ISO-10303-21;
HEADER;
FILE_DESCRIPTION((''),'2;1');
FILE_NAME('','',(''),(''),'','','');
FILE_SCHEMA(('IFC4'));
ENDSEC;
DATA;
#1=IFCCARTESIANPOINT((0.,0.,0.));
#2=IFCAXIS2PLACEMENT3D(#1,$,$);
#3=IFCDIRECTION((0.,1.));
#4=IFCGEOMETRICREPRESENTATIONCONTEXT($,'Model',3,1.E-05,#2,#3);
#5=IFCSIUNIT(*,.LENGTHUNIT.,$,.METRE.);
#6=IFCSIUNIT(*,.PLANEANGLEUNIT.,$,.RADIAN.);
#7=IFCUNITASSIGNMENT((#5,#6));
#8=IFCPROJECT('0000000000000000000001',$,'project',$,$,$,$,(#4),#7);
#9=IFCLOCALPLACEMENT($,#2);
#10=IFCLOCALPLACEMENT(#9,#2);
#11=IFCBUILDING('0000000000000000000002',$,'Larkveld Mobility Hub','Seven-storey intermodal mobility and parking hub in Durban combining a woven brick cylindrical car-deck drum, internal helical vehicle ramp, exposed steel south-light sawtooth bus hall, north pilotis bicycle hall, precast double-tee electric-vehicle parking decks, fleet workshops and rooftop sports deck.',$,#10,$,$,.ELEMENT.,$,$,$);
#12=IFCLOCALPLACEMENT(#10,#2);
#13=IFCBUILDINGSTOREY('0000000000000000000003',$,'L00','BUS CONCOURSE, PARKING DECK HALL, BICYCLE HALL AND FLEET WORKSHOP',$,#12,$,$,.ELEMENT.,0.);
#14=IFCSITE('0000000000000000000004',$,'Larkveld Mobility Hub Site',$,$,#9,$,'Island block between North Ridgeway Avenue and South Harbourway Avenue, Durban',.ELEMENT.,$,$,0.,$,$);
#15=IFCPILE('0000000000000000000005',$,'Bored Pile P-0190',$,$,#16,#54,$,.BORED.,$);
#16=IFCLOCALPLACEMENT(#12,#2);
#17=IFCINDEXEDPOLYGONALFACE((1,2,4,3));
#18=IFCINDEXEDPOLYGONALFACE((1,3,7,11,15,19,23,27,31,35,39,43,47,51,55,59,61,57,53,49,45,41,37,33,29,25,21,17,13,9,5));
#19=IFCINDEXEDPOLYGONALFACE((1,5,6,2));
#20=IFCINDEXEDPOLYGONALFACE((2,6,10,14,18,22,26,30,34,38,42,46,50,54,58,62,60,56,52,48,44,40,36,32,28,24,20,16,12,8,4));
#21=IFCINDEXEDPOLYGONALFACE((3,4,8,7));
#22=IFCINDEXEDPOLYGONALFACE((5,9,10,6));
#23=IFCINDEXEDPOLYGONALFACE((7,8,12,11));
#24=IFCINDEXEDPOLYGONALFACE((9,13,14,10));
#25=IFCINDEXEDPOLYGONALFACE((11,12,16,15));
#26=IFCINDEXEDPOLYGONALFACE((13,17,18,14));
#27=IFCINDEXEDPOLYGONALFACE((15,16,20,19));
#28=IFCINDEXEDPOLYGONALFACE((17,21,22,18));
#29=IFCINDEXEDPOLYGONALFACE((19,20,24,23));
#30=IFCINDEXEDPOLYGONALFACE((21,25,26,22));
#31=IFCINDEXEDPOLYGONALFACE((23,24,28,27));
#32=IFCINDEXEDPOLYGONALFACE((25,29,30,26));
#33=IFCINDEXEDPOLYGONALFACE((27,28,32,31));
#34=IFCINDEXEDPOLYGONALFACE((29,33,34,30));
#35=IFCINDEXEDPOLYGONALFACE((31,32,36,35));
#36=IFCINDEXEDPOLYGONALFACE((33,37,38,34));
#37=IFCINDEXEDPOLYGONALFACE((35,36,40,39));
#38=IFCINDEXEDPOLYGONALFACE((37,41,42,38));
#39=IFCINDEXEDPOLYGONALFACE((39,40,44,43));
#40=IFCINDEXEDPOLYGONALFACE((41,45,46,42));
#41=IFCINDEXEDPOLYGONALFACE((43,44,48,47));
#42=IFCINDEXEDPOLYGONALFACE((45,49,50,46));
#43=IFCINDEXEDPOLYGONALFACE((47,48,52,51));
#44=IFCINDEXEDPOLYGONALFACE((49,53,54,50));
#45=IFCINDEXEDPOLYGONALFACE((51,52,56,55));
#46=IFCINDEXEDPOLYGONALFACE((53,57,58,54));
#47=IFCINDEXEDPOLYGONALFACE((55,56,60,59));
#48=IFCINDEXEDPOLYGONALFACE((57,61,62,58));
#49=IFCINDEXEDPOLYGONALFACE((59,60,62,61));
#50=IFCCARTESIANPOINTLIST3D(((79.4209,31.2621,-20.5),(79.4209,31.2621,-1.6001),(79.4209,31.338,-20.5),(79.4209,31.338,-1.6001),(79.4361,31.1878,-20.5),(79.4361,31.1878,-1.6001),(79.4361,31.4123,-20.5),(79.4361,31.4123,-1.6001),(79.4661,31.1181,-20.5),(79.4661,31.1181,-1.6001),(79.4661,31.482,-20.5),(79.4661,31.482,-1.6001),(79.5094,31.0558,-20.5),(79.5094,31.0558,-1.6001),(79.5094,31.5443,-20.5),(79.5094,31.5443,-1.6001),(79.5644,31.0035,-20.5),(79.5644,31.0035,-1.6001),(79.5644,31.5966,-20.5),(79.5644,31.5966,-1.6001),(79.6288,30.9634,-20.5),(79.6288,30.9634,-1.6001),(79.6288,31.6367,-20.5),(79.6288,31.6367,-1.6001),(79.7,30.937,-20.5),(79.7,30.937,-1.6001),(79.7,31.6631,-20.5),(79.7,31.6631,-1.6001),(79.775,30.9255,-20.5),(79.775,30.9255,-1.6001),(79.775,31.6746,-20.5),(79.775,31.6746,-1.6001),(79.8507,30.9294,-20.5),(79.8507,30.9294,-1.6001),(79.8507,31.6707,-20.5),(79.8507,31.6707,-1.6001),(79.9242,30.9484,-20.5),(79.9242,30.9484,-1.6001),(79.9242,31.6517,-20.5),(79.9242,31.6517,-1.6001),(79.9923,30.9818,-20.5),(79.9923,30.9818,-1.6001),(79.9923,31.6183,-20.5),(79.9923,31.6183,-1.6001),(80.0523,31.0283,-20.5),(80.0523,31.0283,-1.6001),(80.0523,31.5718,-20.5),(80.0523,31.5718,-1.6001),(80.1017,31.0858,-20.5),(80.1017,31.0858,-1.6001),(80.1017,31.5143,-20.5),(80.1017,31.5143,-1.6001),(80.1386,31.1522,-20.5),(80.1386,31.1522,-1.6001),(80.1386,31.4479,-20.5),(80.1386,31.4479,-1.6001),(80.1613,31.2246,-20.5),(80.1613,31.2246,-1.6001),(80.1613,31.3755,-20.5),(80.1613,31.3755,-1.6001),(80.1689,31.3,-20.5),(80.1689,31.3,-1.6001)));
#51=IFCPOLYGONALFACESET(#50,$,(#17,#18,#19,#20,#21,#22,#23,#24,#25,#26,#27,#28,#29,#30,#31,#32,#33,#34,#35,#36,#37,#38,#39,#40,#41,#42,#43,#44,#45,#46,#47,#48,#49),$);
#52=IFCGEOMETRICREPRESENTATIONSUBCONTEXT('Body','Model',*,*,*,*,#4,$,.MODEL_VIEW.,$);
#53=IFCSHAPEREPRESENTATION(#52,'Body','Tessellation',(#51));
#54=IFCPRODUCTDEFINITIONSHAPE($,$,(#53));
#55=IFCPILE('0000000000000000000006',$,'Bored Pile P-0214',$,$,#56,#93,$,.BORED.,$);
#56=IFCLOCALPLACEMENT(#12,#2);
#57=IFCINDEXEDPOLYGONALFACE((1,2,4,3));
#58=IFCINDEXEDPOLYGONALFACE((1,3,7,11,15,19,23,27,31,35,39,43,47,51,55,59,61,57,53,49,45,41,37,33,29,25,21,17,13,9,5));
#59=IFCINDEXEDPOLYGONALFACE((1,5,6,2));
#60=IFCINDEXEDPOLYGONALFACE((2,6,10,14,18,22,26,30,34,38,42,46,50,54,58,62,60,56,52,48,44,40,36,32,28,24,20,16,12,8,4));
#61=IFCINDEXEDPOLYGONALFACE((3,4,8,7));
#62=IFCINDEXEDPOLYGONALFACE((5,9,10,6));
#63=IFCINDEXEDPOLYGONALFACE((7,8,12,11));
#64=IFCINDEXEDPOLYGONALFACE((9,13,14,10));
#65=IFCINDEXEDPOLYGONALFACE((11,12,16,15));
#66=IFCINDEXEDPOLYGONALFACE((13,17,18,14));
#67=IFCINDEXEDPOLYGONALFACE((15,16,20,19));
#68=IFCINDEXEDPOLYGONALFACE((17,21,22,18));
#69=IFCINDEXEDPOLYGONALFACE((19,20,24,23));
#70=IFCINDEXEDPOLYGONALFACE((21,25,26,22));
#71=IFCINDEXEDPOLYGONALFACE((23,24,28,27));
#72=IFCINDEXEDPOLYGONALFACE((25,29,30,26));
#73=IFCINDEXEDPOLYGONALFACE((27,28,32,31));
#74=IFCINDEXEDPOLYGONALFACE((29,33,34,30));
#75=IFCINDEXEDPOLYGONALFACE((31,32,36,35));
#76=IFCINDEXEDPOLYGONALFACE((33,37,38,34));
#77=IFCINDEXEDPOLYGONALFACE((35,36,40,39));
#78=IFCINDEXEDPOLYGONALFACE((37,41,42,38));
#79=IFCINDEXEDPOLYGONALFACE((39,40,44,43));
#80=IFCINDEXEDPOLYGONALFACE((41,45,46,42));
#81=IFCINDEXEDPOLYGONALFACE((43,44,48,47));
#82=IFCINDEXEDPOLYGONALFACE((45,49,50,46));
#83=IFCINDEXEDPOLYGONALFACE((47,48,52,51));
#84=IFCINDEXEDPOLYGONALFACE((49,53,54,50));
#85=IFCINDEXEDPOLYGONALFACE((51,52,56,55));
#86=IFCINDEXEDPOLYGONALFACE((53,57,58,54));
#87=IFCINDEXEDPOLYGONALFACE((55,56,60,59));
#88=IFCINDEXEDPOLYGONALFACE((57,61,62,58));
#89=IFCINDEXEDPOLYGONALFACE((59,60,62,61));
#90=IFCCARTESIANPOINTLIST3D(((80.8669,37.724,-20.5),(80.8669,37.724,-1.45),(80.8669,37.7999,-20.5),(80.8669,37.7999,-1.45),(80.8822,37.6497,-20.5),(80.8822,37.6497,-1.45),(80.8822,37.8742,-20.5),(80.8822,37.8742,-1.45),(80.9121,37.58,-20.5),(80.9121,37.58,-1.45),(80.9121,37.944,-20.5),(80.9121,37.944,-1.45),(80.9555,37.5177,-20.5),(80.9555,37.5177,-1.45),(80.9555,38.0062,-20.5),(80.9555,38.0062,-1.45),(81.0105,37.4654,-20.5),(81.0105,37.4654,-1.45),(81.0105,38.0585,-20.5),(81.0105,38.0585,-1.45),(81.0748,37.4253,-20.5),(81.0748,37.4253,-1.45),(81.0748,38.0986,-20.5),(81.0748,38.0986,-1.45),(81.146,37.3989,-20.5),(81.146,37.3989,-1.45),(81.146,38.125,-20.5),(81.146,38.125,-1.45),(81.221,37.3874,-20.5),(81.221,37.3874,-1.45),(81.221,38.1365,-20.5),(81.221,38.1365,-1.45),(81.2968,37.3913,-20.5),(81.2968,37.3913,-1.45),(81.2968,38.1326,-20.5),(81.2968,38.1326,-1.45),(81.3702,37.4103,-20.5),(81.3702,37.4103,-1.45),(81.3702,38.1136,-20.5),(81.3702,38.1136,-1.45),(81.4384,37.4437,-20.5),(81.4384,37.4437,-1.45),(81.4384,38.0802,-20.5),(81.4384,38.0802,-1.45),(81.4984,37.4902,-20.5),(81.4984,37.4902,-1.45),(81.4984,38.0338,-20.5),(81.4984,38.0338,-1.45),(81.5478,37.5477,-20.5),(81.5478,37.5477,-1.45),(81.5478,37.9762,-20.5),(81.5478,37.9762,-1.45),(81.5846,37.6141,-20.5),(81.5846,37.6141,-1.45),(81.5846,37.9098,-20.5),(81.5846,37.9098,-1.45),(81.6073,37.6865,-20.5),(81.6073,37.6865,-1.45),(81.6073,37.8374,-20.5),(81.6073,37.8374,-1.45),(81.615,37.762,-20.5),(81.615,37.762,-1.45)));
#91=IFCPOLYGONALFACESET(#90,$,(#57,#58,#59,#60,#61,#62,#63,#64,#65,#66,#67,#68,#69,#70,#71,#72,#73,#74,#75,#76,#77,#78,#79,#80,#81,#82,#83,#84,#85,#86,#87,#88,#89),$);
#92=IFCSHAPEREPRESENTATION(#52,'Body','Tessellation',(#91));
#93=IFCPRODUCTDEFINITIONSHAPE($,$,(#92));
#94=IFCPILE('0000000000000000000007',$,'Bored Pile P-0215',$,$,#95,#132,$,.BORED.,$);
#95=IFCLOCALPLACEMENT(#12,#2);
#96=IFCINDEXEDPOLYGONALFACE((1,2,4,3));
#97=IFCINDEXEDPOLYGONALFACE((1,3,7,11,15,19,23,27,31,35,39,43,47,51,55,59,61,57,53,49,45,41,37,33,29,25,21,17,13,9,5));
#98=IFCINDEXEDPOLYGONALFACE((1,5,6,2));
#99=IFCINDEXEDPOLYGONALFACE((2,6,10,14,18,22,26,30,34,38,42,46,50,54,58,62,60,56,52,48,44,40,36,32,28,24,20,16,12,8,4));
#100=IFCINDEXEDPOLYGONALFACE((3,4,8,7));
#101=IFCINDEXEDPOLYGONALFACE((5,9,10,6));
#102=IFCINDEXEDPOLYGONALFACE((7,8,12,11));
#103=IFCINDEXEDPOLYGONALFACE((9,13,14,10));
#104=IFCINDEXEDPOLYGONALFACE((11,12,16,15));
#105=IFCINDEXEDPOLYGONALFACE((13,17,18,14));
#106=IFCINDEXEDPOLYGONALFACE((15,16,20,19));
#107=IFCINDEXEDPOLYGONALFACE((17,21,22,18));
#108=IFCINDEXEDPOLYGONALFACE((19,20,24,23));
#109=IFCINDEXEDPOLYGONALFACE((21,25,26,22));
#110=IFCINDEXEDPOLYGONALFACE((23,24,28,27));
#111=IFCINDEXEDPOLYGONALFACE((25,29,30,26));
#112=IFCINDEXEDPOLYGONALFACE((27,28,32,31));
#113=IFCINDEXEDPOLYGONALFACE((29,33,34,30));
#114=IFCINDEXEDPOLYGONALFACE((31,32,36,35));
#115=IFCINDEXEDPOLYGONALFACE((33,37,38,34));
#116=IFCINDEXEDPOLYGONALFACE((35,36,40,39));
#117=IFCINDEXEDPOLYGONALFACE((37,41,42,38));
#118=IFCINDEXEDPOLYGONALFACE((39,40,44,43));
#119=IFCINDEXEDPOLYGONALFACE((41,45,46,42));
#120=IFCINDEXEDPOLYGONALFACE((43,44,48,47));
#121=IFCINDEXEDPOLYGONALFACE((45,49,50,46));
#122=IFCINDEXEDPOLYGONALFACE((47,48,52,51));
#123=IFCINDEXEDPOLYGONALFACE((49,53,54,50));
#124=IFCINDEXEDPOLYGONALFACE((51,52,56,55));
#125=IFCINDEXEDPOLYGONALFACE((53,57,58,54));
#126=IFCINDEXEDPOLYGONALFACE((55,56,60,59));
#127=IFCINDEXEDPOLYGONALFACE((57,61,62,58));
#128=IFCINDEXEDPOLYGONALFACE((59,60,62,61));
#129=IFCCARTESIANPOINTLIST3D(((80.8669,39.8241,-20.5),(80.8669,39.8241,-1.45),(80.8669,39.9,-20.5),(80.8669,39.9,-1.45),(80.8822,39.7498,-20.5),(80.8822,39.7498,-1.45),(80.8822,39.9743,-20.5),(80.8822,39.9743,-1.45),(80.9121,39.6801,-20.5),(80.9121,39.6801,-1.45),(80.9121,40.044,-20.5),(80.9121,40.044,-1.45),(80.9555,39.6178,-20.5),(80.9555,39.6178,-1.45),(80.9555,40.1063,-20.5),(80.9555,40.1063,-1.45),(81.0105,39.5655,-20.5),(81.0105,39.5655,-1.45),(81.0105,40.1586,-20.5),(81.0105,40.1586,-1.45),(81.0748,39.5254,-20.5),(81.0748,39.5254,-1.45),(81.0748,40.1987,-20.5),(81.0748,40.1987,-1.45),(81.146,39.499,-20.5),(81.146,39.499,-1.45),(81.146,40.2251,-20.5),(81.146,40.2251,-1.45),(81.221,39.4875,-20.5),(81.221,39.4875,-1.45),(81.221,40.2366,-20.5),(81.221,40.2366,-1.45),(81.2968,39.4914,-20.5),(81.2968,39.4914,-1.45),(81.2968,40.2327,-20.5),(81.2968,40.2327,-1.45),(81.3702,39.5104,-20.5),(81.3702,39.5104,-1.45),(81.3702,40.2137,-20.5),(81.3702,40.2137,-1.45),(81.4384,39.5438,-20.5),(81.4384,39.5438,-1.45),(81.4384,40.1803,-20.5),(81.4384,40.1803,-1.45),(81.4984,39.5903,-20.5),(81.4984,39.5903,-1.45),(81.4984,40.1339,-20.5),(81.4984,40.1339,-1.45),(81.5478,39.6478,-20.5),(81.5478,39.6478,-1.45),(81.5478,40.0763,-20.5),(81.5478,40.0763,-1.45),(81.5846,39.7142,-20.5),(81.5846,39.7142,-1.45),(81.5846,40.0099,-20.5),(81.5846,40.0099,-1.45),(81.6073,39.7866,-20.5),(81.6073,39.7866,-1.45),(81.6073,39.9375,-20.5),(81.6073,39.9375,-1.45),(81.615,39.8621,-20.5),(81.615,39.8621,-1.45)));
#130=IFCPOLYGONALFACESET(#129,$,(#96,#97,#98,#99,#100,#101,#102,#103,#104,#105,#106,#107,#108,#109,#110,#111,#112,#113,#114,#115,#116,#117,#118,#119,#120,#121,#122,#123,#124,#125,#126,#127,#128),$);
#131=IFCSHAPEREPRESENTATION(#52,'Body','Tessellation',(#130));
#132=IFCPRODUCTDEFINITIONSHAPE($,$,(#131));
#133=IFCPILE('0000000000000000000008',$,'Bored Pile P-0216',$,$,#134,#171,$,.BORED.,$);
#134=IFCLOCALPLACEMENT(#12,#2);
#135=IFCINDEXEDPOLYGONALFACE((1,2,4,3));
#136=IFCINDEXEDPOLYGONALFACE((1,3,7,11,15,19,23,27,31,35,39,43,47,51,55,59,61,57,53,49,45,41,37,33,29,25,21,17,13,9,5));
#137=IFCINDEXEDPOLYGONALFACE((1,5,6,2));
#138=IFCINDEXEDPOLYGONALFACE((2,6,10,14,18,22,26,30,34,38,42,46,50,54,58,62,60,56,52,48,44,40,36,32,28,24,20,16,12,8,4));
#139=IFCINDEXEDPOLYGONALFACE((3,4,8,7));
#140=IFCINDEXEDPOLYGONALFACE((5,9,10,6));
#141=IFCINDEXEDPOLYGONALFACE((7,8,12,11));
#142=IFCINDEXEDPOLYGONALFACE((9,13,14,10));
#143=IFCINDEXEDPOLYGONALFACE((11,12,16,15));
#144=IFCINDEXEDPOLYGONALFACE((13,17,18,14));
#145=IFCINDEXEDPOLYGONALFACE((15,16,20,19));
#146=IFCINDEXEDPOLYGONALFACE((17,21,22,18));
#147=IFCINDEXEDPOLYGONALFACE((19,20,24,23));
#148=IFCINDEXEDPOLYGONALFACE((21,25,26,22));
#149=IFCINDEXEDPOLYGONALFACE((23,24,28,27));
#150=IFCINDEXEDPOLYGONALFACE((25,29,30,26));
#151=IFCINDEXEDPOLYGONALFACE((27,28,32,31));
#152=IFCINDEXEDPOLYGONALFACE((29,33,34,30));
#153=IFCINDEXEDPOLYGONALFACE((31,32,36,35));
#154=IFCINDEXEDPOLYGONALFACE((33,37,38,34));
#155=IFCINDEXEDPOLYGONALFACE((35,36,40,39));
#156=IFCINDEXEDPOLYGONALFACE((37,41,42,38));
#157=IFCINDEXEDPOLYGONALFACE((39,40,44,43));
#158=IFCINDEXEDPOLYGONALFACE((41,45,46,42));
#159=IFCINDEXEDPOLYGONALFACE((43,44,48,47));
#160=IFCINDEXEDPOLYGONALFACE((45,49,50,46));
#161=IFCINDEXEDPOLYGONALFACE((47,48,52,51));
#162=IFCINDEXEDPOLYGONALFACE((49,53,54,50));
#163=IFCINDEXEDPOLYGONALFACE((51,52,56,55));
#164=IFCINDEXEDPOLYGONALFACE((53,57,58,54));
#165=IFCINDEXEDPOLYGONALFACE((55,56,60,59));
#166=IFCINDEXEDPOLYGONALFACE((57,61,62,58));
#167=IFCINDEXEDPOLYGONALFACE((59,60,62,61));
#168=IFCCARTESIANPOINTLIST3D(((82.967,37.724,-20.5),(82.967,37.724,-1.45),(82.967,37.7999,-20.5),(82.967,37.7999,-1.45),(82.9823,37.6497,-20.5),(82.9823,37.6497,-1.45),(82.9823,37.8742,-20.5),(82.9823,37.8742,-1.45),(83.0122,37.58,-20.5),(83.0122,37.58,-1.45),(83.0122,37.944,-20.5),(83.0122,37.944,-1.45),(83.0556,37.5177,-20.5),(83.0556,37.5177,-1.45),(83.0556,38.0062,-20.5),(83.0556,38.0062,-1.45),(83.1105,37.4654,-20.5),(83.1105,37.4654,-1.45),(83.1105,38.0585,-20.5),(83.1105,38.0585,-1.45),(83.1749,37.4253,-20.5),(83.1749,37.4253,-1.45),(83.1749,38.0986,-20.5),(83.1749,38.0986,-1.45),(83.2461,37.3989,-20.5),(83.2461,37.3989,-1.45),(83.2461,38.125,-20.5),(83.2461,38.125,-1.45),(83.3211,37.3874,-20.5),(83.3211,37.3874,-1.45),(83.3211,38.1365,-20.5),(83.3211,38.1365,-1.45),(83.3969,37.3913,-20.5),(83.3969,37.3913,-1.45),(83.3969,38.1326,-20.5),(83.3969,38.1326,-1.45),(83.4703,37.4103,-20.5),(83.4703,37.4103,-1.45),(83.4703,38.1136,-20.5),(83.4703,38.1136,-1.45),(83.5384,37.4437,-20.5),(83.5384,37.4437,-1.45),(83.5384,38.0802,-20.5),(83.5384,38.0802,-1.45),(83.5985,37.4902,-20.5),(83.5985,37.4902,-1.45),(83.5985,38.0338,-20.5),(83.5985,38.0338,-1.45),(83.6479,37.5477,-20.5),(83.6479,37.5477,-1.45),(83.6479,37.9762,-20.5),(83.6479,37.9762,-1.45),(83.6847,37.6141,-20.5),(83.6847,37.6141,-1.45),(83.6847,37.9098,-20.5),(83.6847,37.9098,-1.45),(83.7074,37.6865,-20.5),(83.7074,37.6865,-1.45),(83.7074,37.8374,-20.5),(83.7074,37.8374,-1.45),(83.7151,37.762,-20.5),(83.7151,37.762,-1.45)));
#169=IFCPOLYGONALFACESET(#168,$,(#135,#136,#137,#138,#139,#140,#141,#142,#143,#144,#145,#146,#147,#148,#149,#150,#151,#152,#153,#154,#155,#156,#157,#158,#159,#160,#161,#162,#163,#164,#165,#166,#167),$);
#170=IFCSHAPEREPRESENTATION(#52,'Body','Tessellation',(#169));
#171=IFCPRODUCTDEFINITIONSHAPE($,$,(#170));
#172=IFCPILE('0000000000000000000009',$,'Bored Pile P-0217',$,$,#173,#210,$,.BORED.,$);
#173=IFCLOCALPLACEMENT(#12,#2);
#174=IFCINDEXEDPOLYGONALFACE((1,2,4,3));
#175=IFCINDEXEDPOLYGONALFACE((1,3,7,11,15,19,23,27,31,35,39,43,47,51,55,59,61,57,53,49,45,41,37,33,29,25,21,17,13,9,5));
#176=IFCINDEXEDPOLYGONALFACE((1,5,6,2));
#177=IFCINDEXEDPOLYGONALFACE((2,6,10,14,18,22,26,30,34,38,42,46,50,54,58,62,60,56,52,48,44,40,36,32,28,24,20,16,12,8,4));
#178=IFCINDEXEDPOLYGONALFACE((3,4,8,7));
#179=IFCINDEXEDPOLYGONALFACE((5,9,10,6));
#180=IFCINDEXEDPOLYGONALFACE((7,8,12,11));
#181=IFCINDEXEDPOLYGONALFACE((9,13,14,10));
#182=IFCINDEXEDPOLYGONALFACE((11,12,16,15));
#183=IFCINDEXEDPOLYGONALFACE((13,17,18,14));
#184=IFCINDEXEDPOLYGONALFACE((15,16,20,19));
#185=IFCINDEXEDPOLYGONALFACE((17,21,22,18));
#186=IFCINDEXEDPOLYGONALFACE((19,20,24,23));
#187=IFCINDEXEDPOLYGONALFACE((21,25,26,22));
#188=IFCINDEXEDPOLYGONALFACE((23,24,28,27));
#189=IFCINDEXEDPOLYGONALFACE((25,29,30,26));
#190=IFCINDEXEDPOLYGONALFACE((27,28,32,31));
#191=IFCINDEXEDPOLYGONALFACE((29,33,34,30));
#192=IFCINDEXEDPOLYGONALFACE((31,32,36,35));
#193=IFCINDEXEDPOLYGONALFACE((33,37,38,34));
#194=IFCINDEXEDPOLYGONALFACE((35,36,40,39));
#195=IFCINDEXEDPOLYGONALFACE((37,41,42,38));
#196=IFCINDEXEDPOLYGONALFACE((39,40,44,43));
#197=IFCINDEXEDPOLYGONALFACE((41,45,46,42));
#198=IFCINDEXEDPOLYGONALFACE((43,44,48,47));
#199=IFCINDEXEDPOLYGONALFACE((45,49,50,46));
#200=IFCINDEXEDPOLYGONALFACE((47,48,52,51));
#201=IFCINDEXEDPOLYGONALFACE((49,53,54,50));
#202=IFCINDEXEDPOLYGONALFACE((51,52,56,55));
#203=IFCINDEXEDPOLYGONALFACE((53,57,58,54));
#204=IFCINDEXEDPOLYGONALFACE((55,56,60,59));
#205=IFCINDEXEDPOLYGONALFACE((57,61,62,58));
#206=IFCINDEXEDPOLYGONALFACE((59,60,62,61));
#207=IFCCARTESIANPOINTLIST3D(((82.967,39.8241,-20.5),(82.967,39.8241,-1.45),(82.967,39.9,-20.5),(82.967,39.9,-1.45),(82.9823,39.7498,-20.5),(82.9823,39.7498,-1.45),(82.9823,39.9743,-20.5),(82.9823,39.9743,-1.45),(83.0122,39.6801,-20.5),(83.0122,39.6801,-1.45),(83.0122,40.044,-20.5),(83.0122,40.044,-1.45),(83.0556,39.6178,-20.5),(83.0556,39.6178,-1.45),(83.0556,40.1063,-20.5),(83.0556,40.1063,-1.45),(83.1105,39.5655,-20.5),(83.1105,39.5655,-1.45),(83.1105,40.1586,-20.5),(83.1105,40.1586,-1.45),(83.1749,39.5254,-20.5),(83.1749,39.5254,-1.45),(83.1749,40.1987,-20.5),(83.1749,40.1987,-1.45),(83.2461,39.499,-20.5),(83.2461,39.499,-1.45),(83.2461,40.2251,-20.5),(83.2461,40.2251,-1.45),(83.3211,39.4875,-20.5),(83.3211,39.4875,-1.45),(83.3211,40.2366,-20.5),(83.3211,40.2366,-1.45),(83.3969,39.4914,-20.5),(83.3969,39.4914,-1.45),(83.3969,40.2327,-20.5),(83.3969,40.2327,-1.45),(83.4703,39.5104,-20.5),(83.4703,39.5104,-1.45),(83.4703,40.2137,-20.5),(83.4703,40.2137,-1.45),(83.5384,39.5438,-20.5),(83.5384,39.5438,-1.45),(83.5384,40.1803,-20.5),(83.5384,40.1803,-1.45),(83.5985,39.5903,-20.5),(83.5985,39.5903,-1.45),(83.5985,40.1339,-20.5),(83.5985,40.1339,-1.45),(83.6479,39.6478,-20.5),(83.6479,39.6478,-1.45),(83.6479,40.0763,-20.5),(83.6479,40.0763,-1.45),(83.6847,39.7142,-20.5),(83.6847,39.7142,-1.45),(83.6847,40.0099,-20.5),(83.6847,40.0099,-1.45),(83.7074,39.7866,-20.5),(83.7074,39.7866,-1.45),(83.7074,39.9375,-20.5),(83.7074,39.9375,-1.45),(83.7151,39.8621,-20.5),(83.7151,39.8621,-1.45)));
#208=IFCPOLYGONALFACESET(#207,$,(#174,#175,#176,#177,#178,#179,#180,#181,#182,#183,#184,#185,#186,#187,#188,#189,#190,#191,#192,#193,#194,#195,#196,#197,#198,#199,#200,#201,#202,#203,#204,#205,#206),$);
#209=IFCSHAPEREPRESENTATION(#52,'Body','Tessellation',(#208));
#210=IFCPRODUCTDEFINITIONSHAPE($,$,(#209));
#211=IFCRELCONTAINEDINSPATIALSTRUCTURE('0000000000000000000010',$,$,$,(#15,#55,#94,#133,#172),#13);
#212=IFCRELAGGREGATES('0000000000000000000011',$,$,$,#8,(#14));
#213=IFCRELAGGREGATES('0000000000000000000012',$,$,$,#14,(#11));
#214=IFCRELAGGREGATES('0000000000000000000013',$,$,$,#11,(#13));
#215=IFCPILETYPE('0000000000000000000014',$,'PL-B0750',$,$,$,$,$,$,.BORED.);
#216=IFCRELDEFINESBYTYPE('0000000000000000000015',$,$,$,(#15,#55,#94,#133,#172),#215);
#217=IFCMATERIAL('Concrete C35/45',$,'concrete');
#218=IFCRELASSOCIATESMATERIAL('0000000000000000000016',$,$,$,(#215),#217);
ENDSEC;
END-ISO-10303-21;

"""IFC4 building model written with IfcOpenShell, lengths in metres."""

from ifc_helpers import new_model, si_unit, direction, frame, origin, origin_2d, place, context, subcontext, project, spatial, circle, extrude, material, material_profile, profile_set, type_object, element, save


model = new_model("IFC4")

# Units and contexts
model_context = context("Model", 3, precision=1e-05, world=origin(), true_north=direction((0.0, 1.0)))
body_context = subcontext(model_context, "Body", "Model", "MODEL_VIEW")
ifc_project = project(units=[si_unit("LENGTHUNIT", "METRE"), si_unit("PLANEANGLEUNIT", "RADIAN")], contexts=[model_context])

# Site, building, storey
site_placement = place(None, origin())
site = spatial("IfcSite", under=ifc_project, at=site_placement, Name="Larkveld Mobility Hub Site", LongName="Island block between North Ridgeway Avenue and South Harbourway Avenue, Durban", CompositionType="ELEMENT", RefElevation=0.0)
building_placement = place(site_placement, origin())
building = spatial("IfcBuilding", under=site, at=building_placement, Name="Larkveld Mobility Hub", Description="Seven-storey intermodal mobility and parking hub in Durban combining a woven brick cylindrical car-deck drum, internal helical vehicle ramp, exposed steel south-light sawtooth bus hall, north pilotis bicycle hall, precast double-tee electric-vehicle parking decks, fleet workshops and rooftop sports deck.", CompositionType="ELEMENT")
storey_placement = place(building_placement, origin())
storey = spatial("IfcBuildingStorey", under=building, at=storey_placement, Name="L00", Description="BUS CONCOURSE, PARKING DECK HALL, BICYCLE HALL AND FLEET WORKSHOP", CompositionType="ELEMENT", Elevation=0.0)

# Shared definitions
ifc_material_1 = material(Name="Concrete C35/45", Category="concrete")

# Piles
ifc_material_profile_1 = material_profile(ifc_material_1, circle(Radius=0.375, at=origin_2d()), Name="PILE D750")
ifc_profile_set_1 = profile_set([ifc_material_profile_1], Name="Concrete C35/45")
pile_type_1 = type_object("IfcPileType", Name="PL-B0750", PredefinedType="BORED", material=ifc_profile_set_1)
for number, where, z_axis, x_axis, name in (
    (1, (79.7939, 31.3, -1.6001), (0.0, 0.0, -1.0), (1.0, 0.0, 0.0), "Bored Pile P-0190"),
):
    element("IfcPile", number, at=place(storey_placement, frame(where, z_axis=z_axis, x_axis=x_axis)), inside=storey, type_object=pile_type_1, Name=name, PredefinedType="BORED", context=body_context, shape_type="SweptSolid", body=[
        extrude(circle(Radius=0.375, at=origin_2d()), origin(), (0.0, 0.0, 1.0), 18.8999),
    ])
for number, where, z_axis, x_axis, name in (
    (2, (81.24, 37.762, -1.45), (0.0, 0.0, -1.0), (1.0, 0.0, 0.0), "Bored Pile P-0214"),
    (3, (81.24, 39.8621, -1.45), (0.0, 0.0, -1.0), (1.0, 0.0, 0.0), "Bored Pile P-0215"),
    (4, (83.3401, 37.762, -1.45), (0.0, 0.0, -1.0), (1.0, 0.0, 0.0), "Bored Pile P-0216"),
    (5, (83.3401, 39.8621, -1.45), (0.0, 0.0, -1.0), (1.0, 0.0, 0.0), "Bored Pile P-0217"),
):
    element("IfcPile", number, at=place(storey_placement, frame(where, z_axis=z_axis, x_axis=x_axis)), inside=storey, type_object=pile_type_1, Name=name, PredefinedType="BORED", context=body_context, shape_type="SweptSolid", body=[
        extrude(circle(Radius=0.375, at=origin_2d()), origin(), (0.0, 0.0, 1.0), 19.05),
    ])

save(model, "model.ifc")
